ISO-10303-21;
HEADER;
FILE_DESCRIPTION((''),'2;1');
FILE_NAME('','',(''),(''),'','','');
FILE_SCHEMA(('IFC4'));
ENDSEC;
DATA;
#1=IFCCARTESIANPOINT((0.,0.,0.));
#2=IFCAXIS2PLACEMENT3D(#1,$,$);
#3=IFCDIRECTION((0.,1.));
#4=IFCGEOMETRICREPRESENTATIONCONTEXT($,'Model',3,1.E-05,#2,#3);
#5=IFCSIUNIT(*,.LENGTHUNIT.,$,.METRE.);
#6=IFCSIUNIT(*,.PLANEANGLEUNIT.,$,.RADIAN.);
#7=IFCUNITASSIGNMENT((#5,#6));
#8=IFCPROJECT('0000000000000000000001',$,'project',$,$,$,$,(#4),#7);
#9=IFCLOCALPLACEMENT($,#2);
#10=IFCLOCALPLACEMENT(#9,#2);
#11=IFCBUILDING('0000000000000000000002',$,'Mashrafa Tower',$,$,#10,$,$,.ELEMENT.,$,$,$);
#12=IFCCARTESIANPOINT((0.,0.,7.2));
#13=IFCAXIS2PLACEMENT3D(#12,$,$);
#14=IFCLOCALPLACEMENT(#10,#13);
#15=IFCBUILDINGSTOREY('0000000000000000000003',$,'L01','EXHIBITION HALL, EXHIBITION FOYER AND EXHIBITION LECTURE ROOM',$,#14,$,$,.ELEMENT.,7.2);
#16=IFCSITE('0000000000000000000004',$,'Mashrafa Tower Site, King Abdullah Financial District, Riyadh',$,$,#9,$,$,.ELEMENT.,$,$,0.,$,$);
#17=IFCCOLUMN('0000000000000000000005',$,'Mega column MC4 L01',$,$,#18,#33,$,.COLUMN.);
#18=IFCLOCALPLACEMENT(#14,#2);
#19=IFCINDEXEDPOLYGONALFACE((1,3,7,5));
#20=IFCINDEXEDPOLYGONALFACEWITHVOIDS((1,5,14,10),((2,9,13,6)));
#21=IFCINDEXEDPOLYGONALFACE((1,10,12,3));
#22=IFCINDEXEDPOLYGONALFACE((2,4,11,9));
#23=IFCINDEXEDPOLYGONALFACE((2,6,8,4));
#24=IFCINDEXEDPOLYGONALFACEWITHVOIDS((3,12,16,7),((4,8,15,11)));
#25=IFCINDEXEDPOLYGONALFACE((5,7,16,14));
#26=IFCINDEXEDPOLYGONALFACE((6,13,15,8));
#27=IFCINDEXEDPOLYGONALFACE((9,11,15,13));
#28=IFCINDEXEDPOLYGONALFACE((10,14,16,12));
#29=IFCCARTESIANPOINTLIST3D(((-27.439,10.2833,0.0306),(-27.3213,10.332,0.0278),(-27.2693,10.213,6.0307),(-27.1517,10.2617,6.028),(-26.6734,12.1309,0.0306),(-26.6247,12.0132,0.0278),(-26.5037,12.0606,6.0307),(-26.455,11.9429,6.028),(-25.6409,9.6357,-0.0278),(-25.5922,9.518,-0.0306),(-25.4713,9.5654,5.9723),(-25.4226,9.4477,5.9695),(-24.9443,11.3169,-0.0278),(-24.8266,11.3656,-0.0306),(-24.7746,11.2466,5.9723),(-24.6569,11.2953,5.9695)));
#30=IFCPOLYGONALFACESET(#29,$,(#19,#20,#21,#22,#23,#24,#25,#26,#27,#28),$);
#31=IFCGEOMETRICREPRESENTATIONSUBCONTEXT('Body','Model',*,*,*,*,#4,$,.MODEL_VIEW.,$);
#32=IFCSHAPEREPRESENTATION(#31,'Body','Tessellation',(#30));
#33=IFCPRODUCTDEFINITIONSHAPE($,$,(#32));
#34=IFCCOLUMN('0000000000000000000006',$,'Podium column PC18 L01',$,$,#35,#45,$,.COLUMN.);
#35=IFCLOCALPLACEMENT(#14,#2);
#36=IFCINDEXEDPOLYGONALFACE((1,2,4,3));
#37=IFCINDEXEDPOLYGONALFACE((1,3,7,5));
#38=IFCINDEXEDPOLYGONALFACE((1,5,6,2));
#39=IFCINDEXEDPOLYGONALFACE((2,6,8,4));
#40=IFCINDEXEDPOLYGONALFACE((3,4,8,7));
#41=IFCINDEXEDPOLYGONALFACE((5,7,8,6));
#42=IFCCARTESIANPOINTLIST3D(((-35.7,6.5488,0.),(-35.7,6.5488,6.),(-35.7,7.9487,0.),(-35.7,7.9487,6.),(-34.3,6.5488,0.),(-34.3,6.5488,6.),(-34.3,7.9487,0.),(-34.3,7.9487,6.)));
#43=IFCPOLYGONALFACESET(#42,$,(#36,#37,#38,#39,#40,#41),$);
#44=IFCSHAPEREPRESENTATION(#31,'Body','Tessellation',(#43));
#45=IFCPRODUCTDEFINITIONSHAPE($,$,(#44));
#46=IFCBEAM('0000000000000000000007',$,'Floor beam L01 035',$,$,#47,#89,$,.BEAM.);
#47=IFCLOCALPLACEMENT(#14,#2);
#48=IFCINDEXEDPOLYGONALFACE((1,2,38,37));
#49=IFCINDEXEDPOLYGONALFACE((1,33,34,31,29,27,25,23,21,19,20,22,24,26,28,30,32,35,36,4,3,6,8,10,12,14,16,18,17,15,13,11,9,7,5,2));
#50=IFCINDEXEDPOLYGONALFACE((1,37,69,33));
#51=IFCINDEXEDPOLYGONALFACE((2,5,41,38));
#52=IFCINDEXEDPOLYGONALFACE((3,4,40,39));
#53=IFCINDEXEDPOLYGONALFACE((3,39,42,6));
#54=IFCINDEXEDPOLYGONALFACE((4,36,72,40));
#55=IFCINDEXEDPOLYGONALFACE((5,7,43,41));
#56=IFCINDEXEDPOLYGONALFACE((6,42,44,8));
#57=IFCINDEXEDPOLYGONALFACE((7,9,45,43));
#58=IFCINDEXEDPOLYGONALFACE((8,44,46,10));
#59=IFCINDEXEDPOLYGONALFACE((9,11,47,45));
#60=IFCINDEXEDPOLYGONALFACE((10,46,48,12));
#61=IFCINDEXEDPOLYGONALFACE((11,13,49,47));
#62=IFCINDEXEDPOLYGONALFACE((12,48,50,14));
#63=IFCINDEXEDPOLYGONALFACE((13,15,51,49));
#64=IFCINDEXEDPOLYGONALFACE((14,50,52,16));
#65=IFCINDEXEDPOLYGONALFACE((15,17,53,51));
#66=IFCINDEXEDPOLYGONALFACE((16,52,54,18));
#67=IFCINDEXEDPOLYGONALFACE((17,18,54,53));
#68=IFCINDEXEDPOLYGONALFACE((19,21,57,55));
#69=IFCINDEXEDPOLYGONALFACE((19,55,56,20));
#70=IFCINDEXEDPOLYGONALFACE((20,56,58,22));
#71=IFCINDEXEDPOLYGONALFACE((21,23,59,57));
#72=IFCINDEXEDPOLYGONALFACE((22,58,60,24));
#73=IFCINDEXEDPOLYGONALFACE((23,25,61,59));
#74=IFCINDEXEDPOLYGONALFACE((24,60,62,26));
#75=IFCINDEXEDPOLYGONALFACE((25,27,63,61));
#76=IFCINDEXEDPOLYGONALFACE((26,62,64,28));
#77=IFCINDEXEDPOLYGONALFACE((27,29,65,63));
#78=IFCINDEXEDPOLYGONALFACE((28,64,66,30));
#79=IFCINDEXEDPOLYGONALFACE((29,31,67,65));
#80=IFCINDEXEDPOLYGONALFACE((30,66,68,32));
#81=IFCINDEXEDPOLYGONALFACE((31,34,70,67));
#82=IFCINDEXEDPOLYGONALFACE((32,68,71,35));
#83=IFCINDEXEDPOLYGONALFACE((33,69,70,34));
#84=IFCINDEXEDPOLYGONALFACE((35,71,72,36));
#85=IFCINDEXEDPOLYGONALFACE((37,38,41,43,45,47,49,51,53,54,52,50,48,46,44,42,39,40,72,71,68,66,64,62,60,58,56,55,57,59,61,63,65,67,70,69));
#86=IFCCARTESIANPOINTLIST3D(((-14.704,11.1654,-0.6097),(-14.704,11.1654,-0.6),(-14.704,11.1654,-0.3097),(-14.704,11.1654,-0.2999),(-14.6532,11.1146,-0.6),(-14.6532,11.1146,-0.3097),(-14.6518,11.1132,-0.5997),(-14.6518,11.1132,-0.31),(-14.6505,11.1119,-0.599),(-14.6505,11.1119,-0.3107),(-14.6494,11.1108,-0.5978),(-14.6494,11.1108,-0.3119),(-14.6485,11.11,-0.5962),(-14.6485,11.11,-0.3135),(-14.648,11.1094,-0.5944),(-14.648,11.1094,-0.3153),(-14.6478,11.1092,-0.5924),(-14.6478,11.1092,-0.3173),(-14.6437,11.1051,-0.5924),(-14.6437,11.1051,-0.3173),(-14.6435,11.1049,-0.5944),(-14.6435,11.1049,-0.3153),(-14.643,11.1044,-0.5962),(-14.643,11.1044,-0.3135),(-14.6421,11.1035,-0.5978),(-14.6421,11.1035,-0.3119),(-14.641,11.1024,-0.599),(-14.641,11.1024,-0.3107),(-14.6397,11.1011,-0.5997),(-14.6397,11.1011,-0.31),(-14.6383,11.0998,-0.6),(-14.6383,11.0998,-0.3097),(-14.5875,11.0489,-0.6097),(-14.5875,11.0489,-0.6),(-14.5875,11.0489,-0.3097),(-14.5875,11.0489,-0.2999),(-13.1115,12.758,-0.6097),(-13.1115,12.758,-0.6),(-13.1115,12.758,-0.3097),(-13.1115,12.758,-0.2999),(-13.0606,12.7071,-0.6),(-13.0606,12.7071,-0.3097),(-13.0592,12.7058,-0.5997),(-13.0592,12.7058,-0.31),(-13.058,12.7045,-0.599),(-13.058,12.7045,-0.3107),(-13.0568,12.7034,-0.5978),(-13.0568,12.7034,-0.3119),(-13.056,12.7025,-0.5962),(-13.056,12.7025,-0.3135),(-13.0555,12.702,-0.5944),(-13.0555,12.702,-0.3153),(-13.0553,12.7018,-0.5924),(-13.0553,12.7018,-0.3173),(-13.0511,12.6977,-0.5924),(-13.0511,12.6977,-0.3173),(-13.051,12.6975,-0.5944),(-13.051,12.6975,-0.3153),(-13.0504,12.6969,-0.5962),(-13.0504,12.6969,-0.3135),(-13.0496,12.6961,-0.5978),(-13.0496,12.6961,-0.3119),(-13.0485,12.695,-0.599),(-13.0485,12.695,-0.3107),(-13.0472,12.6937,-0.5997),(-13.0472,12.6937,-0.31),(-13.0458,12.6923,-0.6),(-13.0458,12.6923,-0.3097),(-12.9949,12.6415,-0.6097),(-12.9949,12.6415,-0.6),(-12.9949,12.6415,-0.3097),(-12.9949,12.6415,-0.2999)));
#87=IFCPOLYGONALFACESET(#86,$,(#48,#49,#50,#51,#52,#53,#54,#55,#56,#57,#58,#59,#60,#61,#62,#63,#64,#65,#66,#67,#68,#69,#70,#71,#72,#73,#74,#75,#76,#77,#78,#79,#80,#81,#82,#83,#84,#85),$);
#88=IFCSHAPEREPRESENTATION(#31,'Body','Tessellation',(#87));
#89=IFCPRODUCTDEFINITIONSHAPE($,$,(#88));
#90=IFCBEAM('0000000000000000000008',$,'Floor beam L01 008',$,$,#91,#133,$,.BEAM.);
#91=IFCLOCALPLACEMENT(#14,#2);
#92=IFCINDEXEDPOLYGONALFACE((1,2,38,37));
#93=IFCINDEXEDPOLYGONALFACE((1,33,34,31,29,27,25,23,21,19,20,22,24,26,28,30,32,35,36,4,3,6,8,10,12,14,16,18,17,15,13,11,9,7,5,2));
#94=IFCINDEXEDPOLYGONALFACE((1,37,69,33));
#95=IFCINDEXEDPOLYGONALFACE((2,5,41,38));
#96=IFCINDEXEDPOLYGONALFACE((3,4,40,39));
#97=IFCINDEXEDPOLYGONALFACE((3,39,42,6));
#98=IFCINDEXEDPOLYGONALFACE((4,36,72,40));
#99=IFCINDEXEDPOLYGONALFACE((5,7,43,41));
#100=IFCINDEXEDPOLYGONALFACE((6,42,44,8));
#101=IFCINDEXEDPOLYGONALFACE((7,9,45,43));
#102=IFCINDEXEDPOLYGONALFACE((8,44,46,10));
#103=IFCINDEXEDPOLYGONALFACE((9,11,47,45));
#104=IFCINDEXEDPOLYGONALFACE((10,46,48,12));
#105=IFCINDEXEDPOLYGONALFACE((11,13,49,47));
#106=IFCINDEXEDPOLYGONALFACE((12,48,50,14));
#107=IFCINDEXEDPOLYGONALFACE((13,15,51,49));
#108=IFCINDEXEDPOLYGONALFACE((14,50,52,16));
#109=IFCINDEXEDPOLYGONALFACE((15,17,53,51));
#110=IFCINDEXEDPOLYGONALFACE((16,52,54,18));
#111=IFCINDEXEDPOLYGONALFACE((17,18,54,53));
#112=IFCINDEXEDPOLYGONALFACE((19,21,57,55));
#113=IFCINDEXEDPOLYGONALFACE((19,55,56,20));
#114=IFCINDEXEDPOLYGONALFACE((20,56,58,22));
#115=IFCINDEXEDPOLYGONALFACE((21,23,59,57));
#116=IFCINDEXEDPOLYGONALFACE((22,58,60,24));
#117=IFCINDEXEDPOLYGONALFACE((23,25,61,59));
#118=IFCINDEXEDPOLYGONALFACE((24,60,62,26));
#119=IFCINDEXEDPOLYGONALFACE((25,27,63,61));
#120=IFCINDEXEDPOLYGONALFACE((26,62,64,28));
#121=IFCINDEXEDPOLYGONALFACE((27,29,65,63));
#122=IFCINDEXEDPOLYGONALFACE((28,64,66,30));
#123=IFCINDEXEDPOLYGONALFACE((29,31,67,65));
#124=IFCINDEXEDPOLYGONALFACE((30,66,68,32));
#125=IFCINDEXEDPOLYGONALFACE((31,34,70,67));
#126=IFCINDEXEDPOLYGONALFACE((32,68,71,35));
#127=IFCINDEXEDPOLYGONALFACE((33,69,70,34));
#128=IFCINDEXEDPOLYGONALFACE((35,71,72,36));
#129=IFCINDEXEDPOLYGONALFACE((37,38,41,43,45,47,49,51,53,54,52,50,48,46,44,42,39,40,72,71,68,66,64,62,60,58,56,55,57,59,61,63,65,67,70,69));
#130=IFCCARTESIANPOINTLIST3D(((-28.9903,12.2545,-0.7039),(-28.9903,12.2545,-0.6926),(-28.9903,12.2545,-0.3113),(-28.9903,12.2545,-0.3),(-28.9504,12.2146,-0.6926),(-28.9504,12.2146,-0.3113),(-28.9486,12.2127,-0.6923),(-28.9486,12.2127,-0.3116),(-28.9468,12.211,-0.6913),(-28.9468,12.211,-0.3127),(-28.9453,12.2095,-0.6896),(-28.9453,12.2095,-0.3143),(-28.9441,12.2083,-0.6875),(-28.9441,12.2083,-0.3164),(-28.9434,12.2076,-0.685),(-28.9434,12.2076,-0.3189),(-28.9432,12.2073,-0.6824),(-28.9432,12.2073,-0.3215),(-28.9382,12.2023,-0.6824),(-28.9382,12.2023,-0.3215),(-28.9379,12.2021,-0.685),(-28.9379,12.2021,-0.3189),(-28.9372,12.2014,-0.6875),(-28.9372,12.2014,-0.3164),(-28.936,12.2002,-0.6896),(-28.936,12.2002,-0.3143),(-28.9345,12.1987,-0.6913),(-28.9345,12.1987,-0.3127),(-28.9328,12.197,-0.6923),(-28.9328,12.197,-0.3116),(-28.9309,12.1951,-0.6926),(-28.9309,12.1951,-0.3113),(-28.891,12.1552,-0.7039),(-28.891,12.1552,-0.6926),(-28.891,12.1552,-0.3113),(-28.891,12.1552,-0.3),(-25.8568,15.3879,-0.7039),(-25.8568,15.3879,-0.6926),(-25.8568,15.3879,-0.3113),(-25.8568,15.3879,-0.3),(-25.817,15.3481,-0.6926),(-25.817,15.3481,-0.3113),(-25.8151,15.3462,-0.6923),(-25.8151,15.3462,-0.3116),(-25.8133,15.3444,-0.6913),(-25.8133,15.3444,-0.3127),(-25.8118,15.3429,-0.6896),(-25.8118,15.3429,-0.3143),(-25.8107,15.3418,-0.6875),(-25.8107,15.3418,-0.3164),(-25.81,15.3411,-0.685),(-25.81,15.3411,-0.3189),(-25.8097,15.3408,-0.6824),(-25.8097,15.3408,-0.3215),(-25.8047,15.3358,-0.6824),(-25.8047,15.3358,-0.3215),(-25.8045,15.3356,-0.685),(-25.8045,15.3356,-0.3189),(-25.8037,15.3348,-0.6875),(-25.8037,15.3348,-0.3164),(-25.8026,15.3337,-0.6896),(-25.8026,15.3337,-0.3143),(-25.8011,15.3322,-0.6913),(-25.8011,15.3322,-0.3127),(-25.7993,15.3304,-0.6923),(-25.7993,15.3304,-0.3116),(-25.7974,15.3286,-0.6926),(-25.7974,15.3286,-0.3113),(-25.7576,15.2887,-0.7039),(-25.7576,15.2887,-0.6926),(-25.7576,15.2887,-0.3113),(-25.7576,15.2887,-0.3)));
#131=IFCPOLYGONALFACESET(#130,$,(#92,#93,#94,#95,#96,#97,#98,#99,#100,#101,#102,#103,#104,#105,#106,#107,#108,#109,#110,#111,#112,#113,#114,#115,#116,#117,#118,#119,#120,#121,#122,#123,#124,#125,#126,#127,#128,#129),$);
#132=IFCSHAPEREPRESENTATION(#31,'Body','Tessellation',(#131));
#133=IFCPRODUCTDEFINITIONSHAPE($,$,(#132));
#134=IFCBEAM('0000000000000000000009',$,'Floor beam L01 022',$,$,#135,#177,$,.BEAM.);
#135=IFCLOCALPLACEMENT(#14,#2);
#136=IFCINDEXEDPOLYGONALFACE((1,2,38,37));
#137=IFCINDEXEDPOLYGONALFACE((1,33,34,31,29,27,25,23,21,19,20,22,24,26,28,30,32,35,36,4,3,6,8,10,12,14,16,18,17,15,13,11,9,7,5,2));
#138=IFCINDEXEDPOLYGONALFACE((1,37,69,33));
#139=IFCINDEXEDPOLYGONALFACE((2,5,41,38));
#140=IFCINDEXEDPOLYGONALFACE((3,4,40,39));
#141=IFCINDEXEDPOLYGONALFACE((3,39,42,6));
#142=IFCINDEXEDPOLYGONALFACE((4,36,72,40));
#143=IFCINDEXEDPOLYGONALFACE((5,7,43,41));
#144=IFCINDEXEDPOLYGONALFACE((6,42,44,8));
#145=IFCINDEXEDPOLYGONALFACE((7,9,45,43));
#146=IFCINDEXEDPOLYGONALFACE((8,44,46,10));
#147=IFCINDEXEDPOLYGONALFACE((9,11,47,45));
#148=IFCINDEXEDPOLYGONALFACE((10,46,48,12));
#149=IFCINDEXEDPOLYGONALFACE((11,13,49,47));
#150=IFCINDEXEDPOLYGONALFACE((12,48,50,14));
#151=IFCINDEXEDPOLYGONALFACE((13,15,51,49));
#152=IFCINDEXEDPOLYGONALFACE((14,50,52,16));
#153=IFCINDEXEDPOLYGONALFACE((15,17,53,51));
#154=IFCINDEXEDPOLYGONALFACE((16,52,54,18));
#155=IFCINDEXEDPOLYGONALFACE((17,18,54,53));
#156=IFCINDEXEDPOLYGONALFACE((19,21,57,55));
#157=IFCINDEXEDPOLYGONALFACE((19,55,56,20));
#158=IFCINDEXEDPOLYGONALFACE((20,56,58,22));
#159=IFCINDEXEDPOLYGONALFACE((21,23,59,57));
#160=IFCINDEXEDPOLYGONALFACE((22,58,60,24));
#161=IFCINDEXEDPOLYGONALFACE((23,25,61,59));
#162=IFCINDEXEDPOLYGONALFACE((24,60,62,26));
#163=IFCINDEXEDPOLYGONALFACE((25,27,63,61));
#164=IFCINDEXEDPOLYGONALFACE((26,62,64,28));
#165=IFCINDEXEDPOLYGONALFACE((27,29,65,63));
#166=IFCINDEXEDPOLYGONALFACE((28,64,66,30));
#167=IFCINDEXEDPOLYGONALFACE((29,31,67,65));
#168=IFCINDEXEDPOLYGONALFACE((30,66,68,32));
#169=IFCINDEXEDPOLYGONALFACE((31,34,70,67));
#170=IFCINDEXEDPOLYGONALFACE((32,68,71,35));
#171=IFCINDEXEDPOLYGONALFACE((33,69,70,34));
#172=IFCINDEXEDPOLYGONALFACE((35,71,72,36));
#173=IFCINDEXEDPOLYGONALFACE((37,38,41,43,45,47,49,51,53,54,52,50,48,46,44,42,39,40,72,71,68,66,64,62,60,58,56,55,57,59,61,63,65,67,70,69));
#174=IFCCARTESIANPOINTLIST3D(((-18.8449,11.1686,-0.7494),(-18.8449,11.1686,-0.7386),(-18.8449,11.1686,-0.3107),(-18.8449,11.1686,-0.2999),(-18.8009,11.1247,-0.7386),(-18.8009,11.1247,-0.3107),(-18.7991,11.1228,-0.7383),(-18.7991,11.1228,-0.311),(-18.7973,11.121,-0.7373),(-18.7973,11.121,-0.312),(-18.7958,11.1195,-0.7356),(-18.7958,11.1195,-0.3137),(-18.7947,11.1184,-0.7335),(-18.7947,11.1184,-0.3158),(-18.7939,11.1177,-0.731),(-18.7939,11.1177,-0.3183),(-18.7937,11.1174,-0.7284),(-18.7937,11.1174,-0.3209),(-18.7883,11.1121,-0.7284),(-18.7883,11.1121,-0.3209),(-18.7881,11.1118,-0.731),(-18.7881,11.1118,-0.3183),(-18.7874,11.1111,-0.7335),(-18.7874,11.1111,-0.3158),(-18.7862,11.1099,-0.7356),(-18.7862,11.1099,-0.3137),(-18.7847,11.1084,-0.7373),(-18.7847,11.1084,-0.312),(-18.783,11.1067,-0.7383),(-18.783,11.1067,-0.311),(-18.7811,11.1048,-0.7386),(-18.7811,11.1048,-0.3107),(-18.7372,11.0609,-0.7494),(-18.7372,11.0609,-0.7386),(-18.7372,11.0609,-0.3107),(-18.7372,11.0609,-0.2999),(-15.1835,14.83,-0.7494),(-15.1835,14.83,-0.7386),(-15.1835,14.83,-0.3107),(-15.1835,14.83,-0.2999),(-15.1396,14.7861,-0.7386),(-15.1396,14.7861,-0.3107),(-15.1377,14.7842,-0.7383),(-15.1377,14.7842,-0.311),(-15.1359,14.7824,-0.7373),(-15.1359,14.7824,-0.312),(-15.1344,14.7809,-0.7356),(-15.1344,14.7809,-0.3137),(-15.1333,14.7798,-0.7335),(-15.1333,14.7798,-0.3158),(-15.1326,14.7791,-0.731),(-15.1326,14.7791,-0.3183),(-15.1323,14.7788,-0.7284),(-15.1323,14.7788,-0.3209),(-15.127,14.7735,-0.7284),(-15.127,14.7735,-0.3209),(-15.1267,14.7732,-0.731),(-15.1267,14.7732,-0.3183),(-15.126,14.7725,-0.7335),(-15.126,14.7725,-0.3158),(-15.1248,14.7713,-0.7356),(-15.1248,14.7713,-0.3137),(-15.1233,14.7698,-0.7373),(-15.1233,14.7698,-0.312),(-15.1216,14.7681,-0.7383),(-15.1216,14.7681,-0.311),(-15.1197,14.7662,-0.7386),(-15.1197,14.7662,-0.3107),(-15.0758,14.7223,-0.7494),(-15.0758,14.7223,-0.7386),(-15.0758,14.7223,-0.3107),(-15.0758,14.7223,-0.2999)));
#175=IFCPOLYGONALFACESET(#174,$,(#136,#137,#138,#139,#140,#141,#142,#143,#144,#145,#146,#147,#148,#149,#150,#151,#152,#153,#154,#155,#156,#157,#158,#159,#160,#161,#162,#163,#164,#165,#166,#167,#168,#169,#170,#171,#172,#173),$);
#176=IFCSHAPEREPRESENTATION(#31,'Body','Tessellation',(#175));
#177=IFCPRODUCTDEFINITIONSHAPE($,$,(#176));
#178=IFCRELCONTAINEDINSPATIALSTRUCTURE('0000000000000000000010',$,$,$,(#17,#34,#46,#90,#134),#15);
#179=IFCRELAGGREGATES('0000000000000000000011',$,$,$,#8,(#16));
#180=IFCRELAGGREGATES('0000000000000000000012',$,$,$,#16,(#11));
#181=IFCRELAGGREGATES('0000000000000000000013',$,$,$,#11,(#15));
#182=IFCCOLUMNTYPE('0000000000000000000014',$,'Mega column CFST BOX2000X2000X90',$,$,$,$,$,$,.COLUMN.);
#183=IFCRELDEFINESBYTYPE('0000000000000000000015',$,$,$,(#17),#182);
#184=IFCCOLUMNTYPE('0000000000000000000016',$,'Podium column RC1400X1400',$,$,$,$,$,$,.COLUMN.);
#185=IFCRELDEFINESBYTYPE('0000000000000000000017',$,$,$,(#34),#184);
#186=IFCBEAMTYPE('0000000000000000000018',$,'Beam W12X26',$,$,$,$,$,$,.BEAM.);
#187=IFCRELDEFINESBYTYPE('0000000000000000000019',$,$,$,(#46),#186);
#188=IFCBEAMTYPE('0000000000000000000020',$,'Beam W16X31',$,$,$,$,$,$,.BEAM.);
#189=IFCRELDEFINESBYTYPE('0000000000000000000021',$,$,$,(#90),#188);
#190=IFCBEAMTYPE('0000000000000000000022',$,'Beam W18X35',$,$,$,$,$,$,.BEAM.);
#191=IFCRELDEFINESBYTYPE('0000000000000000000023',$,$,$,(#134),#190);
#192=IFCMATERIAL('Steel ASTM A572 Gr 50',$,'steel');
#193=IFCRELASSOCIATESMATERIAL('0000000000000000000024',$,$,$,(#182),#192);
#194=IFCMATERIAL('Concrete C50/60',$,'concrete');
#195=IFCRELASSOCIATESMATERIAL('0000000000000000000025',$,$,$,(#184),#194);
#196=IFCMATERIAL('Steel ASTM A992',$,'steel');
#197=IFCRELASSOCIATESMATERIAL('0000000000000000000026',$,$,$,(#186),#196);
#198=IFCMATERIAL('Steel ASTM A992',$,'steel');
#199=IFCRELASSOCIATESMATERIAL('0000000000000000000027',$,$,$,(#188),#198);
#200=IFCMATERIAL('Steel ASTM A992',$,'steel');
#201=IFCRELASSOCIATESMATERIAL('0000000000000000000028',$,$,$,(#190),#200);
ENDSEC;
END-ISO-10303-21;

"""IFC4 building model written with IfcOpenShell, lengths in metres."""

from ifc_helpers import new_model, si_unit, direction, frame, origin, origin_2d, place, context, subcontext, project, spatial, rectangle, hollow_rectangle, i_section, extrude, material, material_profile, profile_set, type_object, element, save


model = new_model("IFC4")

# Units and contexts
model_context = context("Model", 3, precision=1e-05, world=origin(), true_north=direction((0.0, 1.0)))
body_context = subcontext(model_context, "Body", "Model", "MODEL_VIEW")
ifc_project = project(units=[si_unit("LENGTHUNIT", "METRE"), si_unit("PLANEANGLEUNIT", "RADIAN")], contexts=[model_context])

# Site, building, storey
site_placement = place(None, origin())
site = spatial("IfcSite", under=ifc_project, at=site_placement, Name="Mashrafa Tower Site, King Abdullah Financial District, Riyadh", CompositionType="ELEMENT", RefElevation=0.0)
building_placement = place(site_placement, origin())
building = spatial("IfcBuilding", under=site, at=building_placement, Name="Mashrafa Tower", CompositionType="ELEMENT")
storey_placement = place(building_placement, frame((0.0, 0.0, 7.2)))
storey = spatial("IfcBuildingStorey", under=building, at=storey_placement, Name="L01", Description="EXHIBITION HALL, EXHIBITION FOYER AND EXHIBITION LECTURE ROOM", CompositionType="ELEMENT", Elevation=7.2)

# Columns
ifc_material_1 = material(Name="Steel ASTM A572 Gr 50", Category="steel")
ifc_material_profile_1 = material_profile(ifc_material_1, hollow_rectangle(XDim=2.0, YDim=2.0, WallThickness=0.0901, at=origin_2d()), Name="BOX2000X2000X90")
ifc_profile_set_1 = profile_set([ifc_material_profile_1], Name="Steel ASTM A572 Gr 50")
column_type_1 = type_object("IfcColumnType", Name="Mega column CFST BOX2000X2000X90", PredefinedType="COLUMN", material=ifc_profile_set_1)
column_1_placement = place(storey_placement, frame((-26.1328, 10.8245, 0.0), z_axis=(0.028266, -0.011713, 0.999532), x_axis=(0.382821, 0.923822, 0.0)))
element("IfcColumn", 1, at=column_1_placement, inside=storey, type_object=column_type_1, Name="Mega column MC4 L01", PredefinedType="COLUMN", context=body_context, shape_type="SweptSolid", body=[
    extrude(hollow_rectangle(XDim=2.0, YDim=2.0, WallThickness=0.0901, at=origin_2d()), origin(), (0.0, 0.0, 1.0), 6.0029),
])
ifc_material_2 = material(Name="Concrete C50/60", Category="concrete")
ifc_material_profile_2 = material_profile(ifc_material_2, rectangle(XDim=1.3999, YDim=1.3999, at=origin_2d()), Name="RC1400X1400")
ifc_profile_set_2 = profile_set([ifc_material_profile_2], Name="Concrete C50/60")
column_type_2 = type_object("IfcColumnType", Name="Podium column RC1400X1400", PredefinedType="COLUMN", material=ifc_profile_set_2)
column_2_placement = place(storey_placement, frame((-35.0, 7.2488, 0.0), z_axis=(0.0, 0.0, 1.0), x_axis=(1.0, 0.0, 0.0)))
element("IfcColumn", 2, at=column_2_placement, inside=storey, type_object=column_type_2, Name="Podium column PC18 L01", PredefinedType="COLUMN", context=body_context, shape_type="SweptSolid", body=[
    extrude(rectangle(XDim=1.3999, YDim=1.3999, at=origin_2d()), origin(), (0.0, 0.0, 1.0), 6.0),
])

# Beams
ifc_material_3 = material(Name="Steel ASTM A992", Category="steel")
ifc_material_profile_3 = material_profile(ifc_material_3, i_section(OverallWidth=0.1648, OverallDepth=0.3098, WebThickness=0.0059, FlangeThickness=0.0098, FilletRadius=0.0076, at=origin_2d()), Name="W12X26")
ifc_profile_set_3 = profile_set([ifc_material_profile_3], Name="Steel ASTM A992")
beam_type_1 = type_object("IfcBeamType", Name="Beam W12X26", PredefinedType="BEAM", material=ifc_profile_set_3)
beam_1_placement = place(storey_placement, frame((-14.6458, 11.1072, -0.4548), z_axis=(0.707107, 0.707107, 0.0), x_axis=(-0.707107, 0.707107, 0.0)))
element("IfcBeam", 3, at=beam_1_placement, inside=storey, type_object=beam_type_1, Name="Floor beam L01 035", PredefinedType="BEAM", context=body_context, shape_type="SweptSolid", body=[
    extrude(i_section(OverallWidth=0.1648, OverallDepth=0.3098, WebThickness=0.0059, FlangeThickness=0.0098, FilletRadius=0.0076, at=origin_2d()), origin(), (0.0, 0.0, 1.0), 2.2522),
])
ifc_material_4 = material(Name="Steel ASTM A992", Category="steel")
ifc_material_profile_4 = material_profile(ifc_material_4, i_section(OverallWidth=0.1404, OverallDepth=0.4038, WebThickness=0.0071, FlangeThickness=0.0112, FilletRadius=0.0103, at=origin_2d()), Name="W16X31")
ifc_profile_set_4 = profile_set([ifc_material_profile_4], Name="Steel ASTM A992")
beam_type_2 = type_object("IfcBeamType", Name="Beam W16X31", PredefinedType="BEAM", material=ifc_profile_set_4)
beam_2_placement = place(storey_placement, frame((-28.9407, 12.2048, -0.502), z_axis=(0.707107, 0.707107, 0.0), x_axis=(-0.707107, 0.707107, 0.0)))
element("IfcBeam", 4, at=beam_2_placement, inside=storey, type_object=beam_type_2, Name="Floor beam L01 008", PredefinedType="BEAM", context=body_context, shape_type="SweptSolid", body=[
    extrude(i_section(OverallWidth=0.1404, OverallDepth=0.4038, WebThickness=0.0071, FlangeThickness=0.0112, FilletRadius=0.0103, at=origin_2d()), origin(), (0.0, 0.0, 1.0), 4.4314),
])
ifc_material_5 = material(Name="Steel ASTM A992", Category="steel")
ifc_material_profile_5 = material_profile(ifc_material_5, i_section(OverallWidth=0.1523, OverallDepth=0.4495, WebThickness=0.0076, FlangeThickness=0.0107, FilletRadius=0.0103, at=origin_2d()), Name="W18X35")
ifc_profile_set_5 = profile_set([ifc_material_profile_5], Name="Steel ASTM A992")
beam_type_3 = type_object("IfcBeamType", Name="Beam W18X35", PredefinedType="BEAM", material=ifc_profile_set_5)
beam_3_placement = place(storey_placement, frame((-18.791, 11.1147, -0.5247), z_axis=(0.707107, 0.707107, 0.0), x_axis=(-0.707107, 0.707107, 0.0)))
element("IfcBeam", 5, at=beam_3_placement, inside=storey, type_object=beam_type_3, Name="Floor beam L01 022", PredefinedType="BEAM", context=body_context, shape_type="SweptSolid", body=[
    extrude(i_section(OverallWidth=0.1523, OverallDepth=0.4495, WebThickness=0.0076, FlangeThickness=0.0107, FilletRadius=0.0103, at=origin_2d()), origin(), (0.0, 0.0, 1.0), 5.178),
])

save(model, "model.ifc")
